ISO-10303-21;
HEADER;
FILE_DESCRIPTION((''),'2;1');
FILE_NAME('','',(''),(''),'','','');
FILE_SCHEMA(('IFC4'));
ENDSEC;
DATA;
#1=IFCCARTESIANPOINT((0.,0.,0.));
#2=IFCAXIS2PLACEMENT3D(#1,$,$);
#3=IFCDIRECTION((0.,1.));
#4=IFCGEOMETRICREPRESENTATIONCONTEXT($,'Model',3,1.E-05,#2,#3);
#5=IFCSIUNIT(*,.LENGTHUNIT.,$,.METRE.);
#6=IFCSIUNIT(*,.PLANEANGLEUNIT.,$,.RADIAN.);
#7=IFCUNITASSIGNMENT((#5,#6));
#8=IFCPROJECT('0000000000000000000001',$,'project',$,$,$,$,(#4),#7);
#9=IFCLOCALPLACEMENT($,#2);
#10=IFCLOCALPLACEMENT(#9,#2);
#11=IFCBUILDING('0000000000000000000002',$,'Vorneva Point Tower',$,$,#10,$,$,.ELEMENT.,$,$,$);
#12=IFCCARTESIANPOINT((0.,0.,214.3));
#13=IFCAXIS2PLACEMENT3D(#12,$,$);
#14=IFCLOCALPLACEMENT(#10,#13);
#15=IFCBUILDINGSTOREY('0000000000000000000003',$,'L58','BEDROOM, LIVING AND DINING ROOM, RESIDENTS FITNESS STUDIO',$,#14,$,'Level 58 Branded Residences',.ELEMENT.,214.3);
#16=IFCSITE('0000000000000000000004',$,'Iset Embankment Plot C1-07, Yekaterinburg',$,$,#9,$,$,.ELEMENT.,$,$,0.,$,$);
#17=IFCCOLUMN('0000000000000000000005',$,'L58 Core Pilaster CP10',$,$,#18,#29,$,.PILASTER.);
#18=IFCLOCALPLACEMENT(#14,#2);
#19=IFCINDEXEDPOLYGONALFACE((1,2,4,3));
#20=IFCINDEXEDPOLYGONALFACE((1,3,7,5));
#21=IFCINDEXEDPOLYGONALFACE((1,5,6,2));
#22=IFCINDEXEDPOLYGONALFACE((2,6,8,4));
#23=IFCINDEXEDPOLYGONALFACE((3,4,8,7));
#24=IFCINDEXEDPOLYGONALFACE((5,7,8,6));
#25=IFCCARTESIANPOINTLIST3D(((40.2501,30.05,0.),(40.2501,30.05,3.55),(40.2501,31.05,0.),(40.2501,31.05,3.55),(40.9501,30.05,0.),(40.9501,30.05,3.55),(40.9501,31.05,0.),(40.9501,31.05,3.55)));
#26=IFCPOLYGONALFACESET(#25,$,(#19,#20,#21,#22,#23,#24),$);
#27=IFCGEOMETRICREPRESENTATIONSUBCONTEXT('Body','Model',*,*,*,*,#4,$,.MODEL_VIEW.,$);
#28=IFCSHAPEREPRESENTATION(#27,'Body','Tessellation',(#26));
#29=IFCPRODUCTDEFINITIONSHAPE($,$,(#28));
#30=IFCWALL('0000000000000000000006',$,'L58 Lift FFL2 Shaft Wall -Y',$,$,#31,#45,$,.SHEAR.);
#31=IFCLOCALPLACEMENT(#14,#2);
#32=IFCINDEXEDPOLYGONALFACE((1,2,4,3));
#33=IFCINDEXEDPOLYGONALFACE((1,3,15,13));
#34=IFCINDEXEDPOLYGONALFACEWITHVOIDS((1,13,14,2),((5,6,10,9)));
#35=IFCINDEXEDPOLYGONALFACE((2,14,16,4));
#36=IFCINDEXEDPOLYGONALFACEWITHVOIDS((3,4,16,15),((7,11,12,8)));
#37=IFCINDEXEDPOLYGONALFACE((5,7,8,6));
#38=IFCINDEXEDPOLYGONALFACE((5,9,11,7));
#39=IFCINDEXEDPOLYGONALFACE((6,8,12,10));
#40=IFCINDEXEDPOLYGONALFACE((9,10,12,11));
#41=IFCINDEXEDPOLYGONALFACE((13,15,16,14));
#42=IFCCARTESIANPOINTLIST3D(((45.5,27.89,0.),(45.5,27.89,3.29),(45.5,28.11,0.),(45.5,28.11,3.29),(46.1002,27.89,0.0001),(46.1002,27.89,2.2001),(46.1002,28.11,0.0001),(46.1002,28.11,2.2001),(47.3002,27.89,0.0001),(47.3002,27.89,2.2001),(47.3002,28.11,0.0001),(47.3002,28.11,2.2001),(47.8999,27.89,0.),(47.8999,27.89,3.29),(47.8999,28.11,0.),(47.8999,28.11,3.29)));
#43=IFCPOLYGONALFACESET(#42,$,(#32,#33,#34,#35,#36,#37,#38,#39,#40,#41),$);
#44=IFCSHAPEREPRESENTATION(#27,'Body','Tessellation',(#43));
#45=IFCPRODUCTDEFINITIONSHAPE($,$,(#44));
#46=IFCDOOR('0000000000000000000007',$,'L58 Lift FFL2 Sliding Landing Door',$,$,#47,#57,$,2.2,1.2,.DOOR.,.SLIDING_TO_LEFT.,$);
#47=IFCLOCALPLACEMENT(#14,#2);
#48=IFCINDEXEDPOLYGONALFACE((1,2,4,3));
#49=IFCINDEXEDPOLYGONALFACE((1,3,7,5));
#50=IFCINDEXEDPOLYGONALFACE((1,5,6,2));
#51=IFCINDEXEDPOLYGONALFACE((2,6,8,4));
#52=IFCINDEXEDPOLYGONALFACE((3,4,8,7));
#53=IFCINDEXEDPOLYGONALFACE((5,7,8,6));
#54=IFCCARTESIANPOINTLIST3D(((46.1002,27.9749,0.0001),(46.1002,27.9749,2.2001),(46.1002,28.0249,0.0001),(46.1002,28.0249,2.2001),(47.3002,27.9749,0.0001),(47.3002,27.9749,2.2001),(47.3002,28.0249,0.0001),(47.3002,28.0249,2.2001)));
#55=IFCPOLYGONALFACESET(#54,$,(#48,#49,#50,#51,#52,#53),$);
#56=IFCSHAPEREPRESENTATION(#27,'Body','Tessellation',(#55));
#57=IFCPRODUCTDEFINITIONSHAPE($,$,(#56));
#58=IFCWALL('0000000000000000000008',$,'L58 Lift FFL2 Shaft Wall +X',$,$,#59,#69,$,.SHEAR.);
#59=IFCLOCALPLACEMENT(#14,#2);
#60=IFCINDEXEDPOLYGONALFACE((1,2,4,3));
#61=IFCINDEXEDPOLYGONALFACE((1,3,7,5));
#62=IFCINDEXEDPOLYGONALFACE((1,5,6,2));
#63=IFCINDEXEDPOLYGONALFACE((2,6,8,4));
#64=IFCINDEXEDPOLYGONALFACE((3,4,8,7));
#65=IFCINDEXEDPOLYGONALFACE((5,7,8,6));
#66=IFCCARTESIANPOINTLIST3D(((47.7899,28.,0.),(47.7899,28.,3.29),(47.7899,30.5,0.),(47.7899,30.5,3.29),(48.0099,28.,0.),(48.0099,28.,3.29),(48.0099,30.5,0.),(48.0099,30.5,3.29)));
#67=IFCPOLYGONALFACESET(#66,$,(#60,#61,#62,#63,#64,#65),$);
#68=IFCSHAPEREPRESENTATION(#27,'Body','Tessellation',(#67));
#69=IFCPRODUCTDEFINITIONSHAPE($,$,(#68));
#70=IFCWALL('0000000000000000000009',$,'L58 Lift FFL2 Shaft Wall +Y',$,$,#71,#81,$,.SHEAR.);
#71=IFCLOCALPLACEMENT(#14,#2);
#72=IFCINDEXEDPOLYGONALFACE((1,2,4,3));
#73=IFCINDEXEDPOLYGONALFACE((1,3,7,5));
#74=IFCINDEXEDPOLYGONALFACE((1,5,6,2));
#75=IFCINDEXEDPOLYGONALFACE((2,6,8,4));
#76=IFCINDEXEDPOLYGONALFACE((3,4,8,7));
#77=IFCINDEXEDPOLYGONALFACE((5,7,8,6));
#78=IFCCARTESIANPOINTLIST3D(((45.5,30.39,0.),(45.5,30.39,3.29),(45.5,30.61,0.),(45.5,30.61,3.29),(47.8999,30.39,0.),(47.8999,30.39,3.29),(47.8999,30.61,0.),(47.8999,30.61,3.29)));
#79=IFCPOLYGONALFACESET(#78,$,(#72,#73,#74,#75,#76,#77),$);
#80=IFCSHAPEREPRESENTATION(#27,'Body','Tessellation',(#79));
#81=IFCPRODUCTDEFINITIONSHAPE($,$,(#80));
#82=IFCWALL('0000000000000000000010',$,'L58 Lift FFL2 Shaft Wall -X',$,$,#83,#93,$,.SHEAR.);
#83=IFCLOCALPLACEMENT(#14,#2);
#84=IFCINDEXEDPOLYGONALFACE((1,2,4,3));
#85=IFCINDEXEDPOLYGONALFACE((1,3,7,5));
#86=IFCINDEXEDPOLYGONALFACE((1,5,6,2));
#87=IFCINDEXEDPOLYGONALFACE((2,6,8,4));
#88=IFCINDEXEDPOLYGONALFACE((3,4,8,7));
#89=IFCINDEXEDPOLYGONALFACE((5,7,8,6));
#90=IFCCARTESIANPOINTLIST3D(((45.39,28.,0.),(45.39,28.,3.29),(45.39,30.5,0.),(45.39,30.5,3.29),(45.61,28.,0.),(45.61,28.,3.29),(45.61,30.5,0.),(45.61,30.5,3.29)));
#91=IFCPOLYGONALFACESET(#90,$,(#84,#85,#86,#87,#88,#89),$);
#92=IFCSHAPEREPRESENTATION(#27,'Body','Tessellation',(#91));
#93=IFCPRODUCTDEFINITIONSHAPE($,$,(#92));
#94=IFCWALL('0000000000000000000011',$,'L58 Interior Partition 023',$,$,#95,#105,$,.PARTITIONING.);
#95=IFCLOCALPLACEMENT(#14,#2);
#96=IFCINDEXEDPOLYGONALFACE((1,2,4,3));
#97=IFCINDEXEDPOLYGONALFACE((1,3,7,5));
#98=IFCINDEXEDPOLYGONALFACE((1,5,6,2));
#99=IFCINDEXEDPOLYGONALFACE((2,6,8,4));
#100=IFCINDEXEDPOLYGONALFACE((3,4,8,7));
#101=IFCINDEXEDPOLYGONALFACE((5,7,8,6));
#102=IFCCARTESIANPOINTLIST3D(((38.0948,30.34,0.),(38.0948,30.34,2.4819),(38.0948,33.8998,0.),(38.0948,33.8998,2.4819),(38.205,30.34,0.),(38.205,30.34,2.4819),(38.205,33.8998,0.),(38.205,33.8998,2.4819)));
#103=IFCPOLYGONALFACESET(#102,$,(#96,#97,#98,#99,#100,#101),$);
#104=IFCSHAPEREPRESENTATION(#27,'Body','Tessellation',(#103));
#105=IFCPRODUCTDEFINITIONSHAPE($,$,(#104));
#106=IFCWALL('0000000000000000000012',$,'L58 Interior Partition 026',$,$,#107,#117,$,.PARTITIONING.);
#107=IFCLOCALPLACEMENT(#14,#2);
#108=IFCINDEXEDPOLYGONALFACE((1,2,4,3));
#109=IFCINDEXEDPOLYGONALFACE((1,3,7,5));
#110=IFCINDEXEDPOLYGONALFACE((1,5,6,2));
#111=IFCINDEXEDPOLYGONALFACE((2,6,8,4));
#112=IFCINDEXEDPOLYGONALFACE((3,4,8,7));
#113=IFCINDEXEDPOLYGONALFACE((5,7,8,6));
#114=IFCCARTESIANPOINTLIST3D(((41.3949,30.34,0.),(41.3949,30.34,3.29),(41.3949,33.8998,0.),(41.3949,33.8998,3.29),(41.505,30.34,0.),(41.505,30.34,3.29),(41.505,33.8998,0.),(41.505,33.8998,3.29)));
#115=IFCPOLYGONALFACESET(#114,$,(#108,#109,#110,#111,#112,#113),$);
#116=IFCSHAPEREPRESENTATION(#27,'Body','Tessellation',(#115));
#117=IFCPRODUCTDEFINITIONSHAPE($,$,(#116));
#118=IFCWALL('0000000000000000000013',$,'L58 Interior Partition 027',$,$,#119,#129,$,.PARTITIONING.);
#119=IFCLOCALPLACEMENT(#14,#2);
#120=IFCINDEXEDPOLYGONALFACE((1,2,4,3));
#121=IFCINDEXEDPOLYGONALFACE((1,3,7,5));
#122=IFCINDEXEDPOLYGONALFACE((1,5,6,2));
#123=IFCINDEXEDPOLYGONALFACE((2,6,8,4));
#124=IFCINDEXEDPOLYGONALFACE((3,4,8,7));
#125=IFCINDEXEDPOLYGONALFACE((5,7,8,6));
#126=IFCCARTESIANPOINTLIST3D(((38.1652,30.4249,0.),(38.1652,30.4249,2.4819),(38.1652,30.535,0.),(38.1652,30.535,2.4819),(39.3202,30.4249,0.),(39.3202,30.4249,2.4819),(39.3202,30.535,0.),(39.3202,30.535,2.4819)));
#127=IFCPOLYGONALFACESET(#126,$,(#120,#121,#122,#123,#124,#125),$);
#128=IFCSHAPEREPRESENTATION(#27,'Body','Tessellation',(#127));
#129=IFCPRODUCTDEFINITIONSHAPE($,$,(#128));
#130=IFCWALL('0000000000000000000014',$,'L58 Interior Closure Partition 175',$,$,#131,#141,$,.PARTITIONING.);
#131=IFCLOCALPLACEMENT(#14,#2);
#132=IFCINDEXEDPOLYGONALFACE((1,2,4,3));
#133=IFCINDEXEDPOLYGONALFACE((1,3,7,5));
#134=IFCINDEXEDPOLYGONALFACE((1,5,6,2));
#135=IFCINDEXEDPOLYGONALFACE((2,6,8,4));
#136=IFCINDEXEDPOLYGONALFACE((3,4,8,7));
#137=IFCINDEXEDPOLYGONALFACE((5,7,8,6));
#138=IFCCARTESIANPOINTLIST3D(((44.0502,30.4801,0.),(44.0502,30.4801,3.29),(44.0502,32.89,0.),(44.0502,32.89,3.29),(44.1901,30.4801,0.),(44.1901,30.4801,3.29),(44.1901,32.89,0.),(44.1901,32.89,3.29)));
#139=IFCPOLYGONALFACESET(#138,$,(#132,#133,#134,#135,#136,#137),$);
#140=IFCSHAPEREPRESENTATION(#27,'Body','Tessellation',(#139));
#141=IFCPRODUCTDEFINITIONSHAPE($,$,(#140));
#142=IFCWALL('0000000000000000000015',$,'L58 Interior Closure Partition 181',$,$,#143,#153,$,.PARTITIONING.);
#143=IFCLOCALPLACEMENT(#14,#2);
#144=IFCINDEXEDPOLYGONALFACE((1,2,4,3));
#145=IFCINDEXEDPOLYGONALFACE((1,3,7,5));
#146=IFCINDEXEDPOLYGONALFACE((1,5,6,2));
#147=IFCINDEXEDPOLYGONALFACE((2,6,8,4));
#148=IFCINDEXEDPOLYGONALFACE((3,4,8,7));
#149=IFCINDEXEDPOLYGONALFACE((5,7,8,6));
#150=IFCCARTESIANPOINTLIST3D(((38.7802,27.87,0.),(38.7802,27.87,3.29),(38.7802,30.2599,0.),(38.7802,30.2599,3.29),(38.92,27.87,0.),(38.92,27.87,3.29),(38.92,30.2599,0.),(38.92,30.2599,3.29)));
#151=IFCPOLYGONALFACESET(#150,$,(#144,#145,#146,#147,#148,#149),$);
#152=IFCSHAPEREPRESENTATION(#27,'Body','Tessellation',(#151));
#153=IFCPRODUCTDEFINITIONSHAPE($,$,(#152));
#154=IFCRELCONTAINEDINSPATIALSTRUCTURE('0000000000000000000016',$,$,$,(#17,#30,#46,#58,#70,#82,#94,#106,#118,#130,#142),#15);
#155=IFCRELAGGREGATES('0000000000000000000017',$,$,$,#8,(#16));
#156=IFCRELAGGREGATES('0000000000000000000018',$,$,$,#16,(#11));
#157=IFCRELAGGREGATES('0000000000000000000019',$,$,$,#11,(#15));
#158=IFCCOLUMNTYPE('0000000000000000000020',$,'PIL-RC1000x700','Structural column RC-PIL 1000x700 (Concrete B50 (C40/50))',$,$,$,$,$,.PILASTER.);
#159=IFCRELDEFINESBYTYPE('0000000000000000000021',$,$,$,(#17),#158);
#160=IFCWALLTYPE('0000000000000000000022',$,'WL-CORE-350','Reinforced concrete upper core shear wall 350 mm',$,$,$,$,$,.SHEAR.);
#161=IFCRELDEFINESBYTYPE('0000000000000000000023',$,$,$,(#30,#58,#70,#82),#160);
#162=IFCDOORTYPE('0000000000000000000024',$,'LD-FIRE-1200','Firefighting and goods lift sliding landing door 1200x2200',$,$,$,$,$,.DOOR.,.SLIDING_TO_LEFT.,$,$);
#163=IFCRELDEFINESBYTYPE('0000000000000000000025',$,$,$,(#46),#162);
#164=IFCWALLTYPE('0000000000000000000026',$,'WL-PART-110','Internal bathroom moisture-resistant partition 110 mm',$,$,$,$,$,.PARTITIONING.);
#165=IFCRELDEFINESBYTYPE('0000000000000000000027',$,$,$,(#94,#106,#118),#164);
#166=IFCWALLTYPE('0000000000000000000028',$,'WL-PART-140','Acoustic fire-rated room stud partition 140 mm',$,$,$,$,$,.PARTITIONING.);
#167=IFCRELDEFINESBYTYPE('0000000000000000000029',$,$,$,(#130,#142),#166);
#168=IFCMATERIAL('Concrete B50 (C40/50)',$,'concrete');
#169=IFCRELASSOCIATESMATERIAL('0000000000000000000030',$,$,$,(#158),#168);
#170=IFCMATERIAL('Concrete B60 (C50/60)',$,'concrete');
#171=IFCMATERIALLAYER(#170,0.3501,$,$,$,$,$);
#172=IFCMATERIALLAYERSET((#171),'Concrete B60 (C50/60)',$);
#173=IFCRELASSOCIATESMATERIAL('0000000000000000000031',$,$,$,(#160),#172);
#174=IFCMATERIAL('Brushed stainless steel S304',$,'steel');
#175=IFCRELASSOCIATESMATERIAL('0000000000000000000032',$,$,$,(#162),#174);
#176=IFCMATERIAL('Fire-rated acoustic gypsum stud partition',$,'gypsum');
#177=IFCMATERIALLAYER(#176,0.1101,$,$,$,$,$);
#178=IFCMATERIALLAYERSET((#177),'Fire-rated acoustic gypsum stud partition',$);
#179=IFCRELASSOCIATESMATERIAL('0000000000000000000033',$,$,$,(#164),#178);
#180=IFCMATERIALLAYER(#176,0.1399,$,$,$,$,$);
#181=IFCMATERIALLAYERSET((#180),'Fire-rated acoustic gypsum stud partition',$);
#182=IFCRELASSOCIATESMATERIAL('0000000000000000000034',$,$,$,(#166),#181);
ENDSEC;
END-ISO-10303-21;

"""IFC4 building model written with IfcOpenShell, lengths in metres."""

from ifc_helpers import new_model, si_unit, direction, frame, frame_2d, origin, origin_2d, place, context, subcontext, project, spatial, rectangle, extrude, material, layer, layer_set, material_profile, profile_set, type_object, element, fill, save


model = new_model("IFC4")

# Units and contexts
model_context = context("Model", 3, precision=1e-05, world=origin(), true_north=direction((0.0, 1.0)))
body_context = subcontext(model_context, "Body", "Model", "MODEL_VIEW")
ifc_project = project(units=[si_unit("LENGTHUNIT", "METRE"), si_unit("PLANEANGLEUNIT", "RADIAN")], contexts=[model_context])

# Site, building, storey
site_placement = place(None, origin())
site = spatial("IfcSite", under=ifc_project, at=site_placement, Name="Iset Embankment Plot C1-07, Yekaterinburg", CompositionType="ELEMENT", RefElevation=0.0)
building_placement = place(site_placement, origin())
building = spatial("IfcBuilding", under=site, at=building_placement, Name="Vorneva Point Tower", CompositionType="ELEMENT")
storey_placement = place(building_placement, frame((0.0, 0.0, 214.3)))
storey = spatial("IfcBuildingStorey", under=building, at=storey_placement, Name="L58", Description="BEDROOM, LIVING AND DINING ROOM, RESIDENTS FITNESS STUDIO", LongName="Level 58 Branded Residences", CompositionType="ELEMENT", Elevation=214.3)

# Column
ifc_material_1 = material(Name="Concrete B50 (C40/50)", Category="concrete")
ifc_material_profile = material_profile(ifc_material_1, rectangle(XDim=0.7, YDim=1.0, at=origin_2d()), Name="RC-PIL 1000x700")
ifc_profile_set = profile_set([ifc_material_profile], Name="Concrete B50 (C40/50)")
column_type = type_object("IfcColumnType", Name="PIL-RC1000x700", Description="Structural column RC-PIL 1000x700 (Concrete B50 (C40/50))", PredefinedType="PILASTER", material=ifc_profile_set)
column_placement = place(storey_placement, frame((40.6001, 30.55, 0.0), z_axis=(0.0, 0.0, 1.0), x_axis=(1.0, 0.0, 0.0)))
element("IfcColumn", 1, at=column_placement, inside=storey, type_object=column_type, Name="L58 Core Pilaster CP10", PredefinedType="PILASTER", context=body_context, shape_type="SweptSolid", body=[
    extrude(rectangle(XDim=0.7, YDim=1.0, at=origin_2d()), origin(), (0.0, 0.0, 1.0), 3.55),
])

# Wall, opening, door
ifc_material_2 = material(Name="Concrete B60 (C50/60)", Category="concrete")
ifc_layer_1 = layer(ifc_material_2, 0.3501)
ifc_layer_set_1 = layer_set([ifc_layer_1], Name="Concrete B60 (C50/60)")
wall_type_1 = type_object("IfcWallType", Name="WL-CORE-350", Description="Reinforced concrete upper core shear wall 350 mm", PredefinedType="SHEAR", material=ifc_layer_set_1)
wall_1_placement = place(storey_placement, frame((45.5, 28.0, 0.0), z_axis=(0.0, 0.0, 1.0), x_axis=(1.0, 0.0, 0.0)))
wall_1 = element("IfcWall", 2, at=wall_1_placement, inside=storey, type_object=wall_type_1, Name="L58 Lift FFL2 Shaft Wall -Y", PredefinedType="SHEAR", context=body_context, shape_type="SweptSolid", body=[
    extrude(rectangle(XDim=2.3999, YDim=0.22, at=frame_2d((1.2, 0.0))), origin(), (0.0, 0.0, 1.0), 3.29),
])
opening_1_placement = place(wall_1_placement, frame((0.6001, 0.0, 0.0)))
opening_1 = element("IfcOpeningElement", 3, at=opening_1_placement, cuts=wall_1, PredefinedType="OPENING", context=body_context, shape_type="SweptSolid", body=[
    extrude(rectangle(XDim=1.2, YDim=2.2, at=frame_2d((0.6001, 1.1001))), frame((0.0, 0.125, 0.0), z_axis=(0.0, -1.0, 0.0), x_axis=(1.0, 0.0, 0.0)), (0.0, 0.0, 1.0), 0.2498),
])
ifc_material_3 = material(Name="Brushed stainless steel S304", Category="steel")
door_type_1 = type_object("IfcDoorType", Name="LD-FIRE-1200", Description="Firefighting and goods lift sliding landing door 1200x2200", OperationType="SLIDING_TO_LEFT", PredefinedType="DOOR", material=ifc_material_3)
door_1_placement = place(opening_1_placement, origin())
door_1 = element("IfcDoor", 4, at=door_1_placement, inside=storey, type_object=door_type_1, Name="L58 Lift FFL2 Sliding Landing Door", OperationType="SLIDING_TO_LEFT", OverallHeight=2.2, OverallWidth=1.2, PredefinedType="DOOR", context=body_context, shape_type="SweptSolid", body=[
    extrude(rectangle(XDim=1.2, YDim=2.2, at=frame_2d((0.6001, 1.1001))), frame((0.0, 0.0249, 0.0), z_axis=(0.0, -1.0, 0.0), x_axis=(1.0, 0.0, 0.0)), (0.0, 0.0, 1.0), 0.05),
])
fill(opening_1, door_1)

# Walls
wall_2_placement = place(storey_placement, frame((47.8999, 28.0, 0.0), z_axis=(0.0, 0.0, 1.0), x_axis=(0.0, 1.0, 0.0)))
element("IfcWall", 5, at=wall_2_placement, inside=storey, type_object=wall_type_1, Name="L58 Lift FFL2 Shaft Wall +X", PredefinedType="SHEAR", context=body_context, shape_type="SweptSolid", body=[
    extrude(rectangle(XDim=2.5, YDim=0.22, at=frame_2d((1.25, 0.0))), origin(), (0.0, 0.0, 1.0), 3.29),
])
wall_3_placement = place(storey_placement, frame((47.8999, 30.5, 0.0), z_axis=(0.0, 0.0, 1.0), x_axis=(-1.0, 0.0, 0.0)))
element("IfcWall", 6, at=wall_3_placement, inside=storey, type_object=wall_type_1, Name="L58 Lift FFL2 Shaft Wall +Y", PredefinedType="SHEAR", context=body_context, shape_type="SweptSolid", body=[
    extrude(rectangle(XDim=2.3999, YDim=0.22, at=frame_2d((1.2, 0.0))), origin(), (0.0, 0.0, 1.0), 3.29),
])
wall_4_placement = place(storey_placement, frame((45.5, 30.5, 0.0), z_axis=(0.0, 0.0, 1.0), x_axis=(0.0, -1.0, 0.0)))
element("IfcWall", 7, at=wall_4_placement, inside=storey, type_object=wall_type_1, Name="L58 Lift FFL2 Shaft Wall -X", PredefinedType="SHEAR", context=body_context, shape_type="SweptSolid", body=[
    extrude(rectangle(XDim=2.5, YDim=0.22, at=frame_2d((1.25, 0.0))), origin(), (0.0, 0.0, 1.0), 3.29),
])
ifc_material_4 = material(Name="Fire-rated acoustic gypsum stud partition", Category="gypsum")
ifc_layer_2 = layer(ifc_material_4, 0.1101)
ifc_layer_set_2 = layer_set([ifc_layer_2], Name="Fire-rated acoustic gypsum stud partition")
wall_type_2 = type_object("IfcWallType", Name="WL-PART-110", Description="Internal bathroom moisture-resistant partition 110 mm", PredefinedType="PARTITIONING", material=ifc_layer_set_2)
wall_5_placement = place(storey_placement, frame((38.1499, 30.3401, 0.0), z_axis=(0.0, 0.0, 1.0), x_axis=(0.0, 1.0, 0.0)))
element("IfcWall", 8, at=wall_5_placement, inside=storey, type_object=wall_type_2, Name="L58 Interior Partition 023", PredefinedType="PARTITIONING", context=body_context, shape_type="SweptSolid", body=[
    extrude(rectangle(XDim=3.5598, YDim=0.1101, at=frame_2d((1.7798, 0.0))), origin(), (0.0, 0.0, 1.0), 2.4819),
])
wall_6_placement = place(storey_placement, frame((41.45, 30.3401, 0.0), z_axis=(0.0, 0.0, 1.0), x_axis=(0.0, 1.0, 0.0)))
element("IfcWall", 9, at=wall_6_placement, inside=storey, type_object=wall_type_2, Name="L58 Interior Partition 026", PredefinedType="PARTITIONING", context=body_context, shape_type="SweptSolid", body=[
    extrude(rectangle(XDim=3.5598, YDim=0.1101, at=frame_2d((1.7798, 0.0))), origin(), (0.0, 0.0, 1.0), 3.29),
])
wall_7_placement = place(storey_placement, frame((38.165, 30.48, 0.0), z_axis=(0.0, 0.0, 1.0), x_axis=(1.0, 0.0, 0.0)))
element("IfcWall", 10, at=wall_7_placement, inside=storey, type_object=wall_type_2, Name="L58 Interior Partition 027", PredefinedType="PARTITIONING", context=body_context, shape_type="SweptSolid", body=[
    extrude(rectangle(XDim=1.155, YDim=0.1101, at=frame_2d((0.5776, 0.0))), origin(), (0.0, 0.0, 1.0), 2.4819),
])
ifc_layer_3 = layer(ifc_material_4, 0.1399)
ifc_layer_set_3 = layer_set([ifc_layer_3], Name="Fire-rated acoustic gypsum stud partition")
wall_type_3 = type_object("IfcWallType", Name="WL-PART-140", Description="Acoustic fire-rated room stud partition 140 mm", PredefinedType="PARTITIONING", material=ifc_layer_set_3)
wall_8_placement = place(storey_placement, frame((44.1201, 30.48, 0.0), z_axis=(0.0, 0.0, 1.0), x_axis=(0.0, 1.0, 0.0)))
element("IfcWall", 11, at=wall_8_placement, inside=storey, type_object=wall_type_3, Name="L58 Interior Closure Partition 175", PredefinedType="PARTITIONING", context=body_context, shape_type="SweptSolid", body=[
    extrude(rectangle(XDim=2.4099, YDim=0.1399, at=frame_2d((1.2051, 0.0))), origin(), (0.0, 0.0, 1.0), 3.29),
])
wall_9_placement = place(storey_placement, frame((38.8501, 27.8701, 0.0), z_axis=(0.0, 0.0, 1.0), x_axis=(0.0, 1.0, 0.0)))
element("IfcWall", 12, at=wall_9_placement, inside=storey, type_object=wall_type_3, Name="L58 Interior Closure Partition 181", PredefinedType="PARTITIONING", context=body_context, shape_type="SweptSolid", body=[
    extrude(rectangle(XDim=2.3899, YDim=0.1399, at=frame_2d((1.1948, 0.0))), origin(), (0.0, 0.0, 1.0), 3.29),
])

save(model, "model.ifc")
